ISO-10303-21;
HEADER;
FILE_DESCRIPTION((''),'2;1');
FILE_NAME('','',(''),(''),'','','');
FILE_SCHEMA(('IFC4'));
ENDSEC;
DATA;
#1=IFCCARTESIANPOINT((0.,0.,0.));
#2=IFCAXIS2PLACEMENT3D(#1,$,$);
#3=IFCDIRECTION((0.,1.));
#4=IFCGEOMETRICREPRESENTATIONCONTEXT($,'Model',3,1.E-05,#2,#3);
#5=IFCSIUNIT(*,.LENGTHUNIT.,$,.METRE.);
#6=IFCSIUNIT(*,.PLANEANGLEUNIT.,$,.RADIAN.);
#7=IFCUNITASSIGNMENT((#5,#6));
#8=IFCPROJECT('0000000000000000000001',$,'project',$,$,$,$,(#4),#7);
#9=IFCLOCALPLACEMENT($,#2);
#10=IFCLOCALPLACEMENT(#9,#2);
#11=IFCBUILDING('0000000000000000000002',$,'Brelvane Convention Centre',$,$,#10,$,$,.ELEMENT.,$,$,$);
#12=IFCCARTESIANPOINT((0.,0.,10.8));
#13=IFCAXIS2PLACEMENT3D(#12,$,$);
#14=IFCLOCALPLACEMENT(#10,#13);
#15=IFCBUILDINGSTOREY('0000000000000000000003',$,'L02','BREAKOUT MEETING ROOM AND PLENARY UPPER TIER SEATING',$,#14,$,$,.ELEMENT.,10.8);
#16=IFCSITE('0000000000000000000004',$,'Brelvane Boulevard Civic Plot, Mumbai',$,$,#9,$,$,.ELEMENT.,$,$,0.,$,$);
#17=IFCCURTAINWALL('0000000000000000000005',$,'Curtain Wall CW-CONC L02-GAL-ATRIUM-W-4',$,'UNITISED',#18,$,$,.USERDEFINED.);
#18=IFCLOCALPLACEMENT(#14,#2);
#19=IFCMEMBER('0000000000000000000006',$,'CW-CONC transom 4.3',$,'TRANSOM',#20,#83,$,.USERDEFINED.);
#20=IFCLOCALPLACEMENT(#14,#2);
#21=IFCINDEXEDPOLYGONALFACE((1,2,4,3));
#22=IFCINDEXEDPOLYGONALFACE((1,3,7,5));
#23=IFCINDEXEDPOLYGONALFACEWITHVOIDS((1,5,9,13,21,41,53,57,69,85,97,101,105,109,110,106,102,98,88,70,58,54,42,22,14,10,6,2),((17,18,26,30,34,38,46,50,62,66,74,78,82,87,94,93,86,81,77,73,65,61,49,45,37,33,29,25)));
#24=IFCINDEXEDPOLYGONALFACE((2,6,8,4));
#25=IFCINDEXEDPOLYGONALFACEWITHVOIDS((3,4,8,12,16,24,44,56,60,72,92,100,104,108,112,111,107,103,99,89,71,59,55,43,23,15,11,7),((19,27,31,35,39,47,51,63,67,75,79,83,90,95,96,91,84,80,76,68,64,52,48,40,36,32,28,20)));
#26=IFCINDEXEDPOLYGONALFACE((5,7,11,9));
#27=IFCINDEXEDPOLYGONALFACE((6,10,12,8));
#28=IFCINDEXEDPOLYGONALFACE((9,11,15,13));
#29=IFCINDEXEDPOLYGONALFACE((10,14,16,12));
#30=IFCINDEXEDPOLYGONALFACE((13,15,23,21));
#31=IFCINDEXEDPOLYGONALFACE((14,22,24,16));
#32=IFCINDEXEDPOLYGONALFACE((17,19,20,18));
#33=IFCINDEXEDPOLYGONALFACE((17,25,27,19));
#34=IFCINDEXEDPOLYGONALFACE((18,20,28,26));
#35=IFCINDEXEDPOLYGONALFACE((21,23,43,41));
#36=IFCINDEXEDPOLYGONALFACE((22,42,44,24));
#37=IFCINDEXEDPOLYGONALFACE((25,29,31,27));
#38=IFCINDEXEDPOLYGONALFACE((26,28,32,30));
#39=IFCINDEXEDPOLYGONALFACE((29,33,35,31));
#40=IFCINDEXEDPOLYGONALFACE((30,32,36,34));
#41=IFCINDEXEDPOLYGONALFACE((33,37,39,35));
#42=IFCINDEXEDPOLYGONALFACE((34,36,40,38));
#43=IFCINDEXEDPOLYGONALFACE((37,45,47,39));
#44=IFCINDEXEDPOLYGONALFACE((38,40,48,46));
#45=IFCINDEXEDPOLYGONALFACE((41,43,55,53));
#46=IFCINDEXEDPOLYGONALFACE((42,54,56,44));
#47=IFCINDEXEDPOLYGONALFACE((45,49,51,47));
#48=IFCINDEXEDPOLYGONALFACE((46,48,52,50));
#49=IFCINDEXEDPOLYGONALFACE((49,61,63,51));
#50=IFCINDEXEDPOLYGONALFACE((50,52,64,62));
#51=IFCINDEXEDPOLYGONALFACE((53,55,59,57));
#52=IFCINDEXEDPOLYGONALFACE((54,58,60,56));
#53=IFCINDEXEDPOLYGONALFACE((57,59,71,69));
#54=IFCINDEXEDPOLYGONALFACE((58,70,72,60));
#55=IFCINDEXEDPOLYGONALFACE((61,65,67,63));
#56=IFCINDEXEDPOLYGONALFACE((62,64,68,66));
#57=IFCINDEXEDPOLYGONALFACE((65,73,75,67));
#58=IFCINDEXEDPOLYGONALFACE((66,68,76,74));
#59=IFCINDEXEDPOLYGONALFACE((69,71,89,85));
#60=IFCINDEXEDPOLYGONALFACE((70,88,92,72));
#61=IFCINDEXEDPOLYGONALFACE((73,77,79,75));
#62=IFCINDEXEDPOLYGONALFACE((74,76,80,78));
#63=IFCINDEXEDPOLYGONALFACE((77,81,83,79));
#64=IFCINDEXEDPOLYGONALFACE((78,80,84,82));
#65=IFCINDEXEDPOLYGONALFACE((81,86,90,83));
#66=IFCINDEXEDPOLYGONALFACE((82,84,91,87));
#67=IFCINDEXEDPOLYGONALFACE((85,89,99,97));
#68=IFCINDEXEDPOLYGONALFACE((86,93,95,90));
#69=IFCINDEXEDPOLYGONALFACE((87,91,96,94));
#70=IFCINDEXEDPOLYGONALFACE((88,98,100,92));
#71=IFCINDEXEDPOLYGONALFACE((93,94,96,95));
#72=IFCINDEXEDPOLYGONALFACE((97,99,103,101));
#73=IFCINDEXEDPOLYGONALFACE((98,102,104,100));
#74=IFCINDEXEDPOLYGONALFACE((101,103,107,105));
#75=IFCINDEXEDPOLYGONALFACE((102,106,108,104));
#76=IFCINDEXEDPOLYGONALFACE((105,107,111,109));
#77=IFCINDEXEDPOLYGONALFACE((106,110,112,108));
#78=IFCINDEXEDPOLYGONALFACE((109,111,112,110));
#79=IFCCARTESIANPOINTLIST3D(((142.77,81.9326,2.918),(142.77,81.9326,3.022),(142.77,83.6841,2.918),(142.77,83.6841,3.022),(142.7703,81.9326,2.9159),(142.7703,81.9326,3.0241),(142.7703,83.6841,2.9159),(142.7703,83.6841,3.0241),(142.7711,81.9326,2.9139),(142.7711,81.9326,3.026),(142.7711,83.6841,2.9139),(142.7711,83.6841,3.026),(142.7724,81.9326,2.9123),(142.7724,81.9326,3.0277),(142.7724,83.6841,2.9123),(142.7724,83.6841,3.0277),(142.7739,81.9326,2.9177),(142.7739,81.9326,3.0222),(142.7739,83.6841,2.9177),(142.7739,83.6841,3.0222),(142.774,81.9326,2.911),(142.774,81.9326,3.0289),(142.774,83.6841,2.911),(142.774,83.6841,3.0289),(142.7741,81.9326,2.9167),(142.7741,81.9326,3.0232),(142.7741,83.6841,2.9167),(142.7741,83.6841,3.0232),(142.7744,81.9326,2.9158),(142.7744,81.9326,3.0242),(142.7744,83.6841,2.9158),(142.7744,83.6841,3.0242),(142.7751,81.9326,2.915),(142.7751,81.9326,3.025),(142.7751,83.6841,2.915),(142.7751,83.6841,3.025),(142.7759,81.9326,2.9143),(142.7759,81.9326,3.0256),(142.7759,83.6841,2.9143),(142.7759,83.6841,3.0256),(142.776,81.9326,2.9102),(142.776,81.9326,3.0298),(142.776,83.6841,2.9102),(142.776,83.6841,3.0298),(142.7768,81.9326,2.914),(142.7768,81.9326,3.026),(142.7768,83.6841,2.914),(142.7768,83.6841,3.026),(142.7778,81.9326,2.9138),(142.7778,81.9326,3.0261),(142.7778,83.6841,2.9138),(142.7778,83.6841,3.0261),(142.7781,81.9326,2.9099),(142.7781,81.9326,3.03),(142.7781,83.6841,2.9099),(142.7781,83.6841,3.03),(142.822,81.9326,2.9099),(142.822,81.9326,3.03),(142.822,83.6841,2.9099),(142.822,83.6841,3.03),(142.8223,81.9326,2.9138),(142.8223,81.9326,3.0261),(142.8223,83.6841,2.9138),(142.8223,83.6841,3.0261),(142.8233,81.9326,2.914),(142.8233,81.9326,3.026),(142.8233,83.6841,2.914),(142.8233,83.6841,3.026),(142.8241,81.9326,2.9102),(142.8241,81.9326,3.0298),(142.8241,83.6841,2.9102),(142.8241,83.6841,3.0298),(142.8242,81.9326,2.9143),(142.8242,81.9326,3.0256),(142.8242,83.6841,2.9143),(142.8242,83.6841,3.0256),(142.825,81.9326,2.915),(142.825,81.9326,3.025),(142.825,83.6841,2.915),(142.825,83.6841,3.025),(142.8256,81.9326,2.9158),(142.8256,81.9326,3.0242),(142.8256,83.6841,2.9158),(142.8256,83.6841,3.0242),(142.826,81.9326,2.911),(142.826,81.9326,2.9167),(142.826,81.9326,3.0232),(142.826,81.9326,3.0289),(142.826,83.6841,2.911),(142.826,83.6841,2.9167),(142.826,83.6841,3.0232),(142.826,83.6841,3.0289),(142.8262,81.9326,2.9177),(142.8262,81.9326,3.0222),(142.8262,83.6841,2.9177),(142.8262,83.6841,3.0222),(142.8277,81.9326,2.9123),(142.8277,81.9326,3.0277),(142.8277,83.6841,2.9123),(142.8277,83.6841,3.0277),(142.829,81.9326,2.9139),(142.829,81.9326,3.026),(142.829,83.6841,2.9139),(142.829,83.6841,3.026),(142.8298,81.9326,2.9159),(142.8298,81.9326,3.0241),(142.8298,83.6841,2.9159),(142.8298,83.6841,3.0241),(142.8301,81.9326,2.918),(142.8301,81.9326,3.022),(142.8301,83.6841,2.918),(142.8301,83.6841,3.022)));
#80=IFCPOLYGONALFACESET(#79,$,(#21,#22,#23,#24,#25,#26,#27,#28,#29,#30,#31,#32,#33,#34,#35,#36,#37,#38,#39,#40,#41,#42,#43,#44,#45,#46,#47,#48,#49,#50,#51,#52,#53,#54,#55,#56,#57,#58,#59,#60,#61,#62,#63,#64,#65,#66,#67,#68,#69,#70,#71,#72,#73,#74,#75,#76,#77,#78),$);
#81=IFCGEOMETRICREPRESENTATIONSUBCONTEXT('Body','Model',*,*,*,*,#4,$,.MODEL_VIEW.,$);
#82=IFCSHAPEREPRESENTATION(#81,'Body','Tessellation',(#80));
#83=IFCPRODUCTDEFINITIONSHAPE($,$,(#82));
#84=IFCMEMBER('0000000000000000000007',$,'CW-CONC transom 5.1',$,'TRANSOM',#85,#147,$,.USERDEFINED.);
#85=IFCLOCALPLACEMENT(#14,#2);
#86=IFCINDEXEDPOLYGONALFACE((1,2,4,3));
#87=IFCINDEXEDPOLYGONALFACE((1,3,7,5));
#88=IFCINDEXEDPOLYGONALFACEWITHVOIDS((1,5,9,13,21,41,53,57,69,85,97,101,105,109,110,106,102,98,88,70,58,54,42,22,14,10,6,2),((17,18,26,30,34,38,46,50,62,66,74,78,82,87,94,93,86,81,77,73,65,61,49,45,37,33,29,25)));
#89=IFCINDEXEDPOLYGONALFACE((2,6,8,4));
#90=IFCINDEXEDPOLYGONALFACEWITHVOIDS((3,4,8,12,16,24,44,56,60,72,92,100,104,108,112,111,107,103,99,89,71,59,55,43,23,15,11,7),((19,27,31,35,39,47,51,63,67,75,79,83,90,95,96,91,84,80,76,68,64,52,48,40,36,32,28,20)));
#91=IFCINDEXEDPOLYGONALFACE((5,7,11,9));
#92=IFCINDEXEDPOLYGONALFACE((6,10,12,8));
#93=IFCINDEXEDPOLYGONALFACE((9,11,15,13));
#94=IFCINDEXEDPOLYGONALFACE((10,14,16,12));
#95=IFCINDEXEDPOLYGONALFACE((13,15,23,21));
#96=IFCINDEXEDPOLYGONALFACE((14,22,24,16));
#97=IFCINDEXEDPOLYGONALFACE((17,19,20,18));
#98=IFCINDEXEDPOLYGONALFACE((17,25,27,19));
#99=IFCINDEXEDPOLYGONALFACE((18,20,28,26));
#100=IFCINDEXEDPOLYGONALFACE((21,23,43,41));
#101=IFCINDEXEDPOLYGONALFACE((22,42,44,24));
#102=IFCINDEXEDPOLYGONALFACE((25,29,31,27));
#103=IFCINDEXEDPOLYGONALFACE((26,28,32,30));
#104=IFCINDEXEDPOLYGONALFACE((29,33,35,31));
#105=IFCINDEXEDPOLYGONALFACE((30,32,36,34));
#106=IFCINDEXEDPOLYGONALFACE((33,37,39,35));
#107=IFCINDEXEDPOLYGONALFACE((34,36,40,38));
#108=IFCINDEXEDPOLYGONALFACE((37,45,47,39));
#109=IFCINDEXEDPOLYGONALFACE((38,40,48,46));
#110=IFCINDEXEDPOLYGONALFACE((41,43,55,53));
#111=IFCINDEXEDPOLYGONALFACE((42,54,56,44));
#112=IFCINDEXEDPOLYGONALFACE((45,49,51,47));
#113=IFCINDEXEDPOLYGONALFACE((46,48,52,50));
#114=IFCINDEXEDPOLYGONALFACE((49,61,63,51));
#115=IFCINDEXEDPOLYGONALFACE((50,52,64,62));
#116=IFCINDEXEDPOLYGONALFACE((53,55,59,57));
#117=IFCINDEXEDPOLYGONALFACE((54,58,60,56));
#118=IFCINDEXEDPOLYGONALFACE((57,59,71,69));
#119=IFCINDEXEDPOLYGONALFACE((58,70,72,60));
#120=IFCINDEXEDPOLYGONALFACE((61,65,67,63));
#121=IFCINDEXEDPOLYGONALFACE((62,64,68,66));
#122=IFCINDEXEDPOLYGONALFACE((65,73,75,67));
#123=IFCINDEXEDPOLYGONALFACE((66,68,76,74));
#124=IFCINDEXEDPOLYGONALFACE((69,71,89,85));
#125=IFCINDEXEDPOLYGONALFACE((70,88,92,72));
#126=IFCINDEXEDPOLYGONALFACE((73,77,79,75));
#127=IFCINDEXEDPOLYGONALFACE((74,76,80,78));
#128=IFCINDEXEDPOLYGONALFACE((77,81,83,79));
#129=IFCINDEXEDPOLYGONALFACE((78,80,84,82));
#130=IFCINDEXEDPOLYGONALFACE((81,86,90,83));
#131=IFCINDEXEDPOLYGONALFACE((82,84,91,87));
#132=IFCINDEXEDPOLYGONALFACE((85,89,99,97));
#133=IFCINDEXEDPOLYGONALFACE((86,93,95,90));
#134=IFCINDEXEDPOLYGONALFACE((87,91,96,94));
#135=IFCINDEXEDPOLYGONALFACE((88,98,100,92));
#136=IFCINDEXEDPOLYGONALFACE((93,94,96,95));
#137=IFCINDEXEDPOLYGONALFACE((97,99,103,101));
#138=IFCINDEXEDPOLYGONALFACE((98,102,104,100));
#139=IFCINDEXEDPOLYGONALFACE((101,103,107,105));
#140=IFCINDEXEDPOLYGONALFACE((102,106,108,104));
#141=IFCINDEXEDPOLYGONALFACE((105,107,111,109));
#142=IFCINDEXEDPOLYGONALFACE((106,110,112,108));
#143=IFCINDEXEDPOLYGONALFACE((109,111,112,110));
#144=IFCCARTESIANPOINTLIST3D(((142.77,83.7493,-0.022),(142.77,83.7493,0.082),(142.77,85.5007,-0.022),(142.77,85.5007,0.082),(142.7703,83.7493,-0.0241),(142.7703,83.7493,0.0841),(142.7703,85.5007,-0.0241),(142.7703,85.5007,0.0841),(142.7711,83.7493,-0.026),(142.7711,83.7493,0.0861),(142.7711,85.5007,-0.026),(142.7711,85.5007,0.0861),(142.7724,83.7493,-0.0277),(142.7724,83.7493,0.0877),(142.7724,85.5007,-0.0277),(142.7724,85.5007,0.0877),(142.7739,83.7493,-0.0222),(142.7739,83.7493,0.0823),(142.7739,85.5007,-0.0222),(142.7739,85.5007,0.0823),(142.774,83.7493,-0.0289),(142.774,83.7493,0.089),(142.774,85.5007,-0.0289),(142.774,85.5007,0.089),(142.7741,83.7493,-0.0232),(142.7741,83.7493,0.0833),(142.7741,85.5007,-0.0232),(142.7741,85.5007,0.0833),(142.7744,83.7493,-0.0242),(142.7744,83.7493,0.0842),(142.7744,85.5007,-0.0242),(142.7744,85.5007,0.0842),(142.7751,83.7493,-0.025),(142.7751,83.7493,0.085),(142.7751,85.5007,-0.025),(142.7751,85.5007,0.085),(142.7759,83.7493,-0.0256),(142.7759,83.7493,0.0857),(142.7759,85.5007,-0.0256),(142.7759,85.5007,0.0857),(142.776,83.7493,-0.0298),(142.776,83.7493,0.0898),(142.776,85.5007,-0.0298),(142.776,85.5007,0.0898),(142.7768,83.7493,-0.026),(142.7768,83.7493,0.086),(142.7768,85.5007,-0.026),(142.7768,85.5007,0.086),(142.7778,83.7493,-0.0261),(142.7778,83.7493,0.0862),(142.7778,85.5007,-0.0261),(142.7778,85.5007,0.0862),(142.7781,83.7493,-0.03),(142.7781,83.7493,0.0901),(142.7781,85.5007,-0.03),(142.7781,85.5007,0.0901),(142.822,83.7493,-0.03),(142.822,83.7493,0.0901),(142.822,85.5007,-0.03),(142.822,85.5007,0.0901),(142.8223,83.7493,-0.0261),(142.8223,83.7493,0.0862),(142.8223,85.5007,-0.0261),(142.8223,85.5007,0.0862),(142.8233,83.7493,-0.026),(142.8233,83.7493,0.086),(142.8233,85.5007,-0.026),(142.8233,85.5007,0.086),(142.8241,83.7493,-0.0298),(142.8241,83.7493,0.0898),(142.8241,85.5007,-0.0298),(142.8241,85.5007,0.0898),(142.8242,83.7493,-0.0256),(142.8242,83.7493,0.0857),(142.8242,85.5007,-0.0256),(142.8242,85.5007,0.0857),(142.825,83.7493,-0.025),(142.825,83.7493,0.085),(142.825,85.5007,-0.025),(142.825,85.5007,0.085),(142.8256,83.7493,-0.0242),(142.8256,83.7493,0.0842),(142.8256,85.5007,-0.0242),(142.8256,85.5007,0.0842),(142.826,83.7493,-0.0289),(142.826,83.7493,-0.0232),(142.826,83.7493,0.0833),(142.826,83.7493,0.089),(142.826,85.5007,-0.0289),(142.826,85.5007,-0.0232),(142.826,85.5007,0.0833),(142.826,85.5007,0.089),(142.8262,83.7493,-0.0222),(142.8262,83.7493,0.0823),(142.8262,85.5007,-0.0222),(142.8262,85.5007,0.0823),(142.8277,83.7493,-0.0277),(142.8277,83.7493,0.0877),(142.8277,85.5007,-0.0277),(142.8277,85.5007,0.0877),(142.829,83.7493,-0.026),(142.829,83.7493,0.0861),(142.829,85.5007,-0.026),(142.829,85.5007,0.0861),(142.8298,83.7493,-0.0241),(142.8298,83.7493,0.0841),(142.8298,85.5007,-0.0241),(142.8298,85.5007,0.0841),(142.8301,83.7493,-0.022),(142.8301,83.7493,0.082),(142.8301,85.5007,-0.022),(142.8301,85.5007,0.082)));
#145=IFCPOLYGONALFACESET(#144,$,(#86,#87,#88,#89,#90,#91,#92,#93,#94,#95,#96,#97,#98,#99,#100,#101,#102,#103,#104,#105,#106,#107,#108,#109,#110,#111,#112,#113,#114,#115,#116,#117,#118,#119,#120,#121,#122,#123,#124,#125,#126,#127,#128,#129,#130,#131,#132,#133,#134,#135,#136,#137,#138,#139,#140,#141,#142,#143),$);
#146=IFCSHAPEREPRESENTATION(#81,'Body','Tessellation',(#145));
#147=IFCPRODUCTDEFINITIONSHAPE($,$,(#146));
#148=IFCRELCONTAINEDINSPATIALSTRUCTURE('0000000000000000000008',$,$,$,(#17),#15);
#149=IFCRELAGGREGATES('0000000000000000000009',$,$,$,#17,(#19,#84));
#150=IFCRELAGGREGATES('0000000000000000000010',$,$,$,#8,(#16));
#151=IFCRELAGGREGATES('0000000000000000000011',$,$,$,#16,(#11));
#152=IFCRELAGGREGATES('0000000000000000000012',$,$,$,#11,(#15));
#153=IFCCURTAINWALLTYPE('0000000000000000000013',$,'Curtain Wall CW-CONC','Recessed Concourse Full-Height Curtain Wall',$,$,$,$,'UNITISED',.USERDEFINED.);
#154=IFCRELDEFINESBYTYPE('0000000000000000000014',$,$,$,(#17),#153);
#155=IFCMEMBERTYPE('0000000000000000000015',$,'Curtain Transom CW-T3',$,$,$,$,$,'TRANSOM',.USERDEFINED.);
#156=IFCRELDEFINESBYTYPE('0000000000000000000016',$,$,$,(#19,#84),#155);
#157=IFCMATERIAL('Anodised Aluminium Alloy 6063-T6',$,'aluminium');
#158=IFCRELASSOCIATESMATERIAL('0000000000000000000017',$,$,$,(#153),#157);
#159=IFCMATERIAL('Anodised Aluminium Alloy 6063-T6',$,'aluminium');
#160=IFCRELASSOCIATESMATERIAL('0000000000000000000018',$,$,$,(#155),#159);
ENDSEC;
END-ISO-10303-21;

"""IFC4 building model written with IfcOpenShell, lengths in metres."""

from ifc_helpers import new_model, si_unit, direction, frame, origin, origin_2d, place, context, subcontext, project, spatial, hollow_rectangle, extrude, material, material_profile, profile_set, type_object, element, aggregate, save


model = new_model("IFC4")

# Units and contexts
model_context = context("Model", 3, precision=1e-05, world=origin(), true_north=direction((0.0, 1.0)))
body_context = subcontext(model_context, "Body", "Model", "MODEL_VIEW")
ifc_project = project(units=[si_unit("LENGTHUNIT", "METRE"), si_unit("PLANEANGLEUNIT", "RADIAN")], contexts=[model_context])

# Site, building, storey
site_placement = place(None, origin())
site = spatial("IfcSite", under=ifc_project, at=site_placement, Name="Brelvane Boulevard Civic Plot, Mumbai", CompositionType="ELEMENT", RefElevation=0.0)
building_placement = place(site_placement, origin())
building = spatial("IfcBuilding", under=site, at=building_placement, Name="Brelvane Convention Centre", CompositionType="ELEMENT")
storey_placement = place(building_placement, frame((0.0, 0.0, 10.8)))
storey = spatial("IfcBuildingStorey", under=building, at=storey_placement, Name="L02", Description="BREAKOUT MEETING ROOM AND PLENARY UPPER TIER SEATING", CompositionType="ELEMENT", Elevation=10.8)

# Curtain wall
ifc_material_1 = material(Name="Anodised Aluminium Alloy 6063-T6", Category="aluminium")
curtain_wall_type = type_object("IfcCurtainWallType", Name="Curtain Wall CW-CONC", Description="Recessed Concourse Full-Height Curtain Wall", ElementType="UNITISED", PredefinedType="USERDEFINED", material=ifc_material_1)
curtain_wall_1_placement = place(storey_placement, origin())
curtain_wall_1 = element("IfcCurtainWall", 1, at=curtain_wall_1_placement, inside=storey, type_object=curtain_wall_type, Name="Curtain Wall CW-CONC L02-GAL-ATRIUM-W-4", ObjectType="UNITISED", PredefinedType="USERDEFINED")

# Members
ifc_material_2 = material(Name="Anodised Aluminium Alloy 6063-T6", Category="aluminium")
ifc_material_profile_1 = material_profile(ifc_material_2, hollow_rectangle(XDim=0.0601, YDim=0.1201, WallThickness=0.0039, InnerFilletRadius=0.0039, OuterFilletRadius=0.0081, at=origin_2d()), Name="ALU-T 120x60x4.0")
ifc_profile_set_1 = profile_set([ifc_material_profile_1], Name="Anodised Aluminium Alloy 6063-T6")
member_type_1 = type_object("IfcMemberType", Name="Curtain Transom CW-T3", ElementType="TRANSOM", PredefinedType="USERDEFINED", material=ifc_profile_set_1)
member_1_placement = place(storey_placement, frame((142.8, 81.9326, 2.97), z_axis=(0.0, 1.0, 0.0), x_axis=(-1.0, 0.0, 0.0)))
member_1 = element("IfcMember", 2, at=member_1_placement, type_object=member_type_1, Name="CW-CONC transom 4.3", ObjectType="TRANSOM", PredefinedType="USERDEFINED", context=body_context, shape_type="SweptSolid", body=[
    extrude(hollow_rectangle(XDim=0.0601, YDim=0.1201, WallThickness=0.0039, InnerFilletRadius=0.0039, OuterFilletRadius=0.0081, at=origin_2d()), origin(), (0.0, 0.0, 1.0), 1.7515),
])
member_2_placement = place(storey_placement, frame((142.8, 83.7493, 0.03), z_axis=(0.0, 1.0, 0.0), x_axis=(-1.0, 0.0, 0.0)))
member_2 = element("IfcMember", 3, at=member_2_placement, type_object=member_type_1, Name="CW-CONC transom 5.1", ObjectType="TRANSOM", PredefinedType="USERDEFINED", context=body_context, shape_type="SweptSolid", body=[
    extrude(hollow_rectangle(XDim=0.0601, YDim=0.1201, WallThickness=0.0039, InnerFilletRadius=0.0039, OuterFilletRadius=0.0081, at=origin_2d()), origin(), (0.0, 0.0, 1.0), 1.7515),
])

aggregate(curtain_wall_1, [member_1, member_2])

save(model, "model.ifc")
